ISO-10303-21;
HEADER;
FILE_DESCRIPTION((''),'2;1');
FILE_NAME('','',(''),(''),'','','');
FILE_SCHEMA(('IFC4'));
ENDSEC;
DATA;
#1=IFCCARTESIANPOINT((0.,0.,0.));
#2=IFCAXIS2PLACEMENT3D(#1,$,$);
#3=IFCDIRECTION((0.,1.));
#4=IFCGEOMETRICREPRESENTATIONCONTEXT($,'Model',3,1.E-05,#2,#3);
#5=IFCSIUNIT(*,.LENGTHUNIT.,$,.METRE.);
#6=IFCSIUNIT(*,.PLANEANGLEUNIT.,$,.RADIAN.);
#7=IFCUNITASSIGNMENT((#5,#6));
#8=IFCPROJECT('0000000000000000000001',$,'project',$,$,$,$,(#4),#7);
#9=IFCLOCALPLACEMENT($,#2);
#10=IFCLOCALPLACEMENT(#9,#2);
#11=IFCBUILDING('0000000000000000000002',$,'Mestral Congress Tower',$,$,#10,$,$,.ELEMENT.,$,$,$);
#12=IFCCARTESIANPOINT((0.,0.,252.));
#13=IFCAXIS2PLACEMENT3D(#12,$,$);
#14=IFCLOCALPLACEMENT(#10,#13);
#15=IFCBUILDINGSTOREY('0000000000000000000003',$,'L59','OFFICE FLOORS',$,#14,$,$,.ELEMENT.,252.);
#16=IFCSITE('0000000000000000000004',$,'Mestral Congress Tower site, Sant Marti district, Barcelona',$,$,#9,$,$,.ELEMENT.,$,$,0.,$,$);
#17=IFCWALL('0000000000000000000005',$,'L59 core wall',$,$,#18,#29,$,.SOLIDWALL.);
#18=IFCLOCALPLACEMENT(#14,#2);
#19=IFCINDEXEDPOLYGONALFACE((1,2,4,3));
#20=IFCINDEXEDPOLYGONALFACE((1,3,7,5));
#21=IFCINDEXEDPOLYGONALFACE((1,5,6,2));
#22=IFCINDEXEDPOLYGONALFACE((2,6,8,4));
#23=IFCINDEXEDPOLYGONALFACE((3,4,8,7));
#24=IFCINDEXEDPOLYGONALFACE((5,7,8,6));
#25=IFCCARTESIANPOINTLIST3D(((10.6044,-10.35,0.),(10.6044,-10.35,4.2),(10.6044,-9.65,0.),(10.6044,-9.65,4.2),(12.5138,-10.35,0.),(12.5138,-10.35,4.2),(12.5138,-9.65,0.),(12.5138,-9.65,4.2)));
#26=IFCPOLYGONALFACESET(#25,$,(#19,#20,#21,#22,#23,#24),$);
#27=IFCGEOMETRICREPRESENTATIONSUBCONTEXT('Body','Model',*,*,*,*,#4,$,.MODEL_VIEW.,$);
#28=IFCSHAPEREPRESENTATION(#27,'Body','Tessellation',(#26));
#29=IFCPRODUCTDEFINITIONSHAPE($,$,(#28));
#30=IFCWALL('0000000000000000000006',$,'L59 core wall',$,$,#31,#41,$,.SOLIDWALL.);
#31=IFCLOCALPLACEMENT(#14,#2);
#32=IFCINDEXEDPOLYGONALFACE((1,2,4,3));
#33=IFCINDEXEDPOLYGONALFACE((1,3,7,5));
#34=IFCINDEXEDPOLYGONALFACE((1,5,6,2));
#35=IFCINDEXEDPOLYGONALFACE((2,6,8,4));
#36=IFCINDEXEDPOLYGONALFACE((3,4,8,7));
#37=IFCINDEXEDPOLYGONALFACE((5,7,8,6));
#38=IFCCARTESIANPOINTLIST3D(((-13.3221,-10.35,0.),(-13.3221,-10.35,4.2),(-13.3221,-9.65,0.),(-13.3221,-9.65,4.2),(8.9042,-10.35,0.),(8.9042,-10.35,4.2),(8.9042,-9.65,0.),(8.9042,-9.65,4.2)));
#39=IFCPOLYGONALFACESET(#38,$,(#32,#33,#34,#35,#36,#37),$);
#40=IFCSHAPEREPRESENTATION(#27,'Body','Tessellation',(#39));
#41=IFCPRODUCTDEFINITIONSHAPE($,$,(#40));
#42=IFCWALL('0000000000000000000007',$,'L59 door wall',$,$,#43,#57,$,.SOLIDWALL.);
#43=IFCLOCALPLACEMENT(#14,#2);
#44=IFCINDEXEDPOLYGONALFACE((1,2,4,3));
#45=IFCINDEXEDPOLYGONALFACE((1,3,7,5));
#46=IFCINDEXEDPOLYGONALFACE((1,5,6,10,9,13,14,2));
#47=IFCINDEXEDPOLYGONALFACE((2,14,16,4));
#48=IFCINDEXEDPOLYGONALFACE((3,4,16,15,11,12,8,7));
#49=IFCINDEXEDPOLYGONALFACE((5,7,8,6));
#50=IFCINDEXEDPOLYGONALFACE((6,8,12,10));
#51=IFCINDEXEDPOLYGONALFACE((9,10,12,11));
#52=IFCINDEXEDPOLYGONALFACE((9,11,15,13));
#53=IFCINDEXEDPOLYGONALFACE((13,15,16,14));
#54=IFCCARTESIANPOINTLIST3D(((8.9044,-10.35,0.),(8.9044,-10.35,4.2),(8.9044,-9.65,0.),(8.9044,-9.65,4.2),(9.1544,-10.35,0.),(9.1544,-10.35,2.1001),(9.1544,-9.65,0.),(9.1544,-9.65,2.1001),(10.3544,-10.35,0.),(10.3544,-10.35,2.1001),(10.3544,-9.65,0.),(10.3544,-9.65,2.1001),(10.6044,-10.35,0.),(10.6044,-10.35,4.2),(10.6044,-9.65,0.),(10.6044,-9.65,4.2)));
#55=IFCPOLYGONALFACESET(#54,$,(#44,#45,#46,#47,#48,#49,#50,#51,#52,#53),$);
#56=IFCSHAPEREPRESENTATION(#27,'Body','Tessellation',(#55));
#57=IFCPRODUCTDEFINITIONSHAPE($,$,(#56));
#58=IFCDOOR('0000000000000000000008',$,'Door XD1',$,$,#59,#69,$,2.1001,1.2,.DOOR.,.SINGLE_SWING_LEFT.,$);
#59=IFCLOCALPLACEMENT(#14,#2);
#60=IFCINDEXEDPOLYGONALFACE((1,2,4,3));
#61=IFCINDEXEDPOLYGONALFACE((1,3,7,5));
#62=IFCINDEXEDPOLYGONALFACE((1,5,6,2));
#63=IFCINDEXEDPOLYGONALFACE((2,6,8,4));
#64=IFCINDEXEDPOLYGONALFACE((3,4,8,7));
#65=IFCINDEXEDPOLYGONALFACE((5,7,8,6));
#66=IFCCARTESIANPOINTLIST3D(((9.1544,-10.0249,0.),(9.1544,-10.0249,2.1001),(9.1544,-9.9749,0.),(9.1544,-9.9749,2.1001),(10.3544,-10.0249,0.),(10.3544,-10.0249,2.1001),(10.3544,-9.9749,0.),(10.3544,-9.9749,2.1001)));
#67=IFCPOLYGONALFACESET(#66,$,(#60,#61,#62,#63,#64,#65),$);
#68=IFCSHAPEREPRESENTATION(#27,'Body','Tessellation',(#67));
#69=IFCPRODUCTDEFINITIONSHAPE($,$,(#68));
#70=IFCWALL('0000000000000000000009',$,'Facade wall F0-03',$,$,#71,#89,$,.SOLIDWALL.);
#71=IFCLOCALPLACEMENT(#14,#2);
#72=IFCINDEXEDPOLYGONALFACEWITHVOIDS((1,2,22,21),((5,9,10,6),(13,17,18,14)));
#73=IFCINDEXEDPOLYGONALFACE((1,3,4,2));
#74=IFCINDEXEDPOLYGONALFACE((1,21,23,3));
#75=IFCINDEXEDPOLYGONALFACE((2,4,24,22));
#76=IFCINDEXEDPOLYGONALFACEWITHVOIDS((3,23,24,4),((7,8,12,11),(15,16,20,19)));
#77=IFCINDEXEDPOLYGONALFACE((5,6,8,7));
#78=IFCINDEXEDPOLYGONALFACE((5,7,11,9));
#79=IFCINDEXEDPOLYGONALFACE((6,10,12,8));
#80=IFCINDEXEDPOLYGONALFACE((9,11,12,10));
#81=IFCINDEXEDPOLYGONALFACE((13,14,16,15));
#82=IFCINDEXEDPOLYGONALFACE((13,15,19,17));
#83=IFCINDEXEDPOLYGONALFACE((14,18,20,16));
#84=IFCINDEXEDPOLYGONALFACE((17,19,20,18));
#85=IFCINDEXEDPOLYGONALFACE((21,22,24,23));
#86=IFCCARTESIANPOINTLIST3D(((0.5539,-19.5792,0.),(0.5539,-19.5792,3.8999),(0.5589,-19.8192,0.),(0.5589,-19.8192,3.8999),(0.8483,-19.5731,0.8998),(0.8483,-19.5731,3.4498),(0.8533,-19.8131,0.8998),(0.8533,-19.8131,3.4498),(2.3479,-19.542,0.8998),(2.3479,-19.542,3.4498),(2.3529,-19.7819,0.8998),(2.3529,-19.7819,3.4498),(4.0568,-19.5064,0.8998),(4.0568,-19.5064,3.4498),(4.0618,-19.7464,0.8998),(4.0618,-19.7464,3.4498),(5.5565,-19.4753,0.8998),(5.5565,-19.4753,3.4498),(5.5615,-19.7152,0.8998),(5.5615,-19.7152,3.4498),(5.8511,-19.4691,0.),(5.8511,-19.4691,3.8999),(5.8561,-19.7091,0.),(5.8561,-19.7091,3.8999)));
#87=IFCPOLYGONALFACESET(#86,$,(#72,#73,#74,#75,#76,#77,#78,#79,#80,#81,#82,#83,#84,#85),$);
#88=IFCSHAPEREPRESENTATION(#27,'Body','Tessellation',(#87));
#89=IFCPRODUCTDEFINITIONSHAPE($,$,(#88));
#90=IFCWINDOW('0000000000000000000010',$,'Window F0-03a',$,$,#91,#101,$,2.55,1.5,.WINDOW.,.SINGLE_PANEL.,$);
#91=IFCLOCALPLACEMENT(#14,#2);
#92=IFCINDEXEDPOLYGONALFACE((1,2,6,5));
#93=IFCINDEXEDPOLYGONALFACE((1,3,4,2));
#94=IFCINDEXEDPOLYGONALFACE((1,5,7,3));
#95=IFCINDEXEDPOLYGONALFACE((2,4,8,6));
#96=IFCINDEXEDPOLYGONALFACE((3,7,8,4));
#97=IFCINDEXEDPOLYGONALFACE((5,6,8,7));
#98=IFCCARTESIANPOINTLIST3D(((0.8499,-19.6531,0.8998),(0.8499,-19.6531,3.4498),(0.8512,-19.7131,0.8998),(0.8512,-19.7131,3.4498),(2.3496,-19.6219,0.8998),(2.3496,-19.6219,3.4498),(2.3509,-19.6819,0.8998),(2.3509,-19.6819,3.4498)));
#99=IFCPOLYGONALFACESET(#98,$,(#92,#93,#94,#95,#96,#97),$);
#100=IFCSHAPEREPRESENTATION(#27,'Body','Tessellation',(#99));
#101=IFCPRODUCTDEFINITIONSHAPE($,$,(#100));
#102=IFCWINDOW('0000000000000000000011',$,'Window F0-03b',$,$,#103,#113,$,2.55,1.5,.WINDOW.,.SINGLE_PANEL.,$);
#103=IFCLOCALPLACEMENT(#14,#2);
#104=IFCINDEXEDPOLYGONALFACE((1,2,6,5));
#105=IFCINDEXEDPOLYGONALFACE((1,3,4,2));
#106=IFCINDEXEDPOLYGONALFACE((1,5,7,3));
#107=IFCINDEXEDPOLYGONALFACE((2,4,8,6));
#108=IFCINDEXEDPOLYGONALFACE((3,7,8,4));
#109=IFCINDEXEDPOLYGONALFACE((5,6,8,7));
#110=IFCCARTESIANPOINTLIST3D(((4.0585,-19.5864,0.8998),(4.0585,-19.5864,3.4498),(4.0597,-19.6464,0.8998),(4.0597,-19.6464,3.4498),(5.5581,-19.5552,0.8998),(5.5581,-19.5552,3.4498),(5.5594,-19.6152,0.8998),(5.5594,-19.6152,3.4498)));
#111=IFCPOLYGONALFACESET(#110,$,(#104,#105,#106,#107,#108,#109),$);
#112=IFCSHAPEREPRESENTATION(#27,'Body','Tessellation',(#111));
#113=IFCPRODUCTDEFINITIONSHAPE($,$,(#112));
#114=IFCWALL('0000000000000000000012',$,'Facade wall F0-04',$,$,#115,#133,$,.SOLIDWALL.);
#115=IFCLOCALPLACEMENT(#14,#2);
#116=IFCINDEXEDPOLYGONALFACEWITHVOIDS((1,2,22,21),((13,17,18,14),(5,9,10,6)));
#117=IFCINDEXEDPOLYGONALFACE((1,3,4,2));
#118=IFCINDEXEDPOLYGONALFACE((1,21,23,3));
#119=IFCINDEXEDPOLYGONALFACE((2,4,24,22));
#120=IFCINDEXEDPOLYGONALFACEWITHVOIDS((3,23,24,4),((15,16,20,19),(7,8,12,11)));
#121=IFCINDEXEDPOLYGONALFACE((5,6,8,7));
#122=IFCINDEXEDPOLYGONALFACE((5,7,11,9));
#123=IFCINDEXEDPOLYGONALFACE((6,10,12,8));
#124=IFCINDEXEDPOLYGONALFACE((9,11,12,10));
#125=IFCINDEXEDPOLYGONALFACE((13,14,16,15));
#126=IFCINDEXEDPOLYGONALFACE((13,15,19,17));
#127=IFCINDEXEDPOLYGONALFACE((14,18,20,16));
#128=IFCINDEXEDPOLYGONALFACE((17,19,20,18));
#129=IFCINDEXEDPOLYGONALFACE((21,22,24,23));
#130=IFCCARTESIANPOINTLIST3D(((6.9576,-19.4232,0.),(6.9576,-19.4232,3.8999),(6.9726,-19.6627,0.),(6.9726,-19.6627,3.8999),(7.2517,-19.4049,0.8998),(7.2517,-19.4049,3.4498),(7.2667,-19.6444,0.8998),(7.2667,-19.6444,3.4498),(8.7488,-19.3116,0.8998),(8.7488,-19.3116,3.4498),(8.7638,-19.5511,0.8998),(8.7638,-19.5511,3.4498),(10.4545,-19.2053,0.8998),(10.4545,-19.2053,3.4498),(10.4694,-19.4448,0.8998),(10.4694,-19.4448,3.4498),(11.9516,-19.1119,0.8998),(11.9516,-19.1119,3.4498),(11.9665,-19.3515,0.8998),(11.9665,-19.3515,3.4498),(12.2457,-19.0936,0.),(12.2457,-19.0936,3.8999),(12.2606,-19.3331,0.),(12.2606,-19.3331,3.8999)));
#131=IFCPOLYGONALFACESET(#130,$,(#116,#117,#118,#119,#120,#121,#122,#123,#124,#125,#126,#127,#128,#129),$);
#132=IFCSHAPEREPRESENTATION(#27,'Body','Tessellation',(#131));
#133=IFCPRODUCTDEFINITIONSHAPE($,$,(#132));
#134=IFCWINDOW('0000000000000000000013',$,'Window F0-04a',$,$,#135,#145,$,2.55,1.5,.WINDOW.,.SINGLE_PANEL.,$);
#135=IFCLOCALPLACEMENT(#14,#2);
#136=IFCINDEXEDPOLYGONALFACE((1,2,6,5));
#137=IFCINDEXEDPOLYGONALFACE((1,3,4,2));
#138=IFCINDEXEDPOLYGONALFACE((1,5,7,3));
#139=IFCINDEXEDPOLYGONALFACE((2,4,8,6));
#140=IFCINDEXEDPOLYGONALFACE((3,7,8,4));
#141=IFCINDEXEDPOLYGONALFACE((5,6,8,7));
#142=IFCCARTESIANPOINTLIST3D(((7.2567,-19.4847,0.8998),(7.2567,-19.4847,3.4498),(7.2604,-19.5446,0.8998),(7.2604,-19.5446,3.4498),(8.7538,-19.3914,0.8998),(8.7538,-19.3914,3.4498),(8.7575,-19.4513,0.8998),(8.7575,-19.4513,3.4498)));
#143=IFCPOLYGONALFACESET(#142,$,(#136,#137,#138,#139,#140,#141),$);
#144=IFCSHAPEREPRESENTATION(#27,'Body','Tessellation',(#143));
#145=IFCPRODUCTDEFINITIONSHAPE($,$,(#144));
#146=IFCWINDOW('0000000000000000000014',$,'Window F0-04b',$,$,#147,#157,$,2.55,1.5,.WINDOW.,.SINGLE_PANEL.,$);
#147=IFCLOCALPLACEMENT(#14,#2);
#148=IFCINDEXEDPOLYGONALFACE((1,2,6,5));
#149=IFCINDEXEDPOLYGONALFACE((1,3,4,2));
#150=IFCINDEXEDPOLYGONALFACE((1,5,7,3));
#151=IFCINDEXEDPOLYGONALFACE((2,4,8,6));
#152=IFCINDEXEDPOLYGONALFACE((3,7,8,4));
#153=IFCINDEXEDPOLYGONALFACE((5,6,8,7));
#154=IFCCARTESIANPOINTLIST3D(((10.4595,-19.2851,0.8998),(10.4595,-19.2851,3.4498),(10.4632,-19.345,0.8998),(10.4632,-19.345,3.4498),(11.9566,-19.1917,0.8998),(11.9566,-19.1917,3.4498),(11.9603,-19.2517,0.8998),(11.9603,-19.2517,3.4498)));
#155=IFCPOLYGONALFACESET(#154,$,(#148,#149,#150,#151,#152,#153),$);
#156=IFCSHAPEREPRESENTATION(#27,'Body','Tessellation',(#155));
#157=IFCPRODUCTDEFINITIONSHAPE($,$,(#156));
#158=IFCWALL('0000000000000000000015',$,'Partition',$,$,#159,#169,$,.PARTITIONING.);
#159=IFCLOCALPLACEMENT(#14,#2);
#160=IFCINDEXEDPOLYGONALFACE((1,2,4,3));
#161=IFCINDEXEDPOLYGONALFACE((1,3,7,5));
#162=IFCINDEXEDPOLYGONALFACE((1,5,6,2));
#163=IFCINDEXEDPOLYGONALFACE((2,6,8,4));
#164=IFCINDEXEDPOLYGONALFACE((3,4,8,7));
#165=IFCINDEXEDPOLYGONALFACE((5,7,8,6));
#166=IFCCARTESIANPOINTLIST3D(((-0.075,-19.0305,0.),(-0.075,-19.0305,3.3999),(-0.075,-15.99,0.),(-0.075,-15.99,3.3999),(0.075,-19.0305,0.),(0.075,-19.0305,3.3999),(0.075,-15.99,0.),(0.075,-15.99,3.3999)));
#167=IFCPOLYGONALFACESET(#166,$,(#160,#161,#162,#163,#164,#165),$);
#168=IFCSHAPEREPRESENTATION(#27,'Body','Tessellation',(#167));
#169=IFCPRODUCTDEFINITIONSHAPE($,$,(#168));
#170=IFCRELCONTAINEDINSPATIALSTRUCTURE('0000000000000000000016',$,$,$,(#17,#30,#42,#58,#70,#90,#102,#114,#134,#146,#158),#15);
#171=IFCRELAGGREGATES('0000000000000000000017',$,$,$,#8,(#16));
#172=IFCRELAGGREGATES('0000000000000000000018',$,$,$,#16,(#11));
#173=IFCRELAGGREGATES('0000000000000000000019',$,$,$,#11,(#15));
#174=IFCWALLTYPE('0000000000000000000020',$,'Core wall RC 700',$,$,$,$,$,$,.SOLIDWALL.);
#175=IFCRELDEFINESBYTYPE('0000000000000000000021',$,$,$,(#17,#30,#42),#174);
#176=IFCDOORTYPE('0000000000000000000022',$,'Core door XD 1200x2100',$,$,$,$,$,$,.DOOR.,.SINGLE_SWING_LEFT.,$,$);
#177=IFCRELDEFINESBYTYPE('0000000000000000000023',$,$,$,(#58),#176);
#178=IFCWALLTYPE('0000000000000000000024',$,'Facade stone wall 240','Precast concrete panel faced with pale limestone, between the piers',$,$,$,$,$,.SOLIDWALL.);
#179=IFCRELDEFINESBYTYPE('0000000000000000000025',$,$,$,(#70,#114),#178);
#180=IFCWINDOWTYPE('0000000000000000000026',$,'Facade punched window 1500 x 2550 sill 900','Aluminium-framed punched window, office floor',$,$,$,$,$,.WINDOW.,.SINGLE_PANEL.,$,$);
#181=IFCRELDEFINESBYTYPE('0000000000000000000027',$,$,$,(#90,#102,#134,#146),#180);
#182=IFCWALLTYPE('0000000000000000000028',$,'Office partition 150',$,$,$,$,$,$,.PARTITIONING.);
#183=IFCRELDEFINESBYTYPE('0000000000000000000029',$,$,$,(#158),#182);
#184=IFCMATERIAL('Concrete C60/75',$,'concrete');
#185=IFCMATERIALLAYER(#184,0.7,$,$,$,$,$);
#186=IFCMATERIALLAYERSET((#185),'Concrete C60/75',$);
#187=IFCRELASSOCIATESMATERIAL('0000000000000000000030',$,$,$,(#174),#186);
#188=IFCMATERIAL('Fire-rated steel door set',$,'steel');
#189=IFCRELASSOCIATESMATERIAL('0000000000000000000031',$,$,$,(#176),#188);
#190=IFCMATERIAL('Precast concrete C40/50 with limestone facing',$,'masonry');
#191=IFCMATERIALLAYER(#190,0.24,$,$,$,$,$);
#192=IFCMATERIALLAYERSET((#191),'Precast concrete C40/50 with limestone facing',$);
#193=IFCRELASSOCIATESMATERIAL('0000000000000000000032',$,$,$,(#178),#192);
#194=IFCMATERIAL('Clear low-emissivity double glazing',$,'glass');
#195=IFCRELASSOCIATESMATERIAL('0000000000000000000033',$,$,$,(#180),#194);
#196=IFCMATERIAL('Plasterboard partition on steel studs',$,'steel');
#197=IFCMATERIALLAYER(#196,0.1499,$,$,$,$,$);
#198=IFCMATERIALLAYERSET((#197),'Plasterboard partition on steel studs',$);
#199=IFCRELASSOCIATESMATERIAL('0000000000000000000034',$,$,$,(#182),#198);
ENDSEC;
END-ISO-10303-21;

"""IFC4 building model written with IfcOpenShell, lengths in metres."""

from ifc_helpers import new_model, si_unit, direction, frame, frame_2d, origin, place, context, subcontext, project, spatial, rectangle, extrude, material, layer, layer_set, type_object, element, fill, save


model = new_model("IFC4")

# Units and contexts
model_context = context("Model", 3, precision=1e-05, world=origin(), true_north=direction((0.0, 1.0)))
body_context = subcontext(model_context, "Body", "Model", "MODEL_VIEW")
ifc_project = project(units=[si_unit("LENGTHUNIT", "METRE"), si_unit("PLANEANGLEUNIT", "RADIAN")], contexts=[model_context])

# Site, building, storey
site_placement = place(None, origin())
site = spatial("IfcSite", under=ifc_project, at=site_placement, Name="Mestral Congress Tower site, Sant Marti district, Barcelona", CompositionType="ELEMENT", RefElevation=0.0)
building_placement = place(site_placement, origin())
building = spatial("IfcBuilding", under=site, at=building_placement, Name="Mestral Congress Tower", CompositionType="ELEMENT")
storey_placement = place(building_placement, frame((0.0, 0.0, 252.0)))
storey = spatial("IfcBuildingStorey", under=building, at=storey_placement, Name="L59", Description="OFFICE FLOORS", CompositionType="ELEMENT", Elevation=252.0)

# Shared definitions
ifc_material_1 = material(Name="Concrete C60/75", Category="concrete")

# Walls
ifc_layer_1 = layer(ifc_material_1, 0.7)
ifc_layer_set_1 = layer_set([ifc_layer_1], Name="Concrete C60/75")
wall_type_1 = type_object("IfcWallType", Name="Core wall RC 700", PredefinedType="SOLIDWALL", material=ifc_layer_set_1)
wall_1_placement = place(storey_placement, frame((10.6045, -10.0, 0.0), z_axis=(0.0, 0.0, 1.0), x_axis=(1.0, 0.0, 0.0)))
element("IfcWall", 1, at=wall_1_placement, inside=storey, type_object=wall_type_1, Name="L59 core wall", PredefinedType="SOLIDWALL", context=body_context, shape_type="SweptSolid", body=[
    extrude(rectangle(XDim=1.9094, YDim=0.7, at=frame_2d((0.9546, 0.0))), origin(), (0.0, 0.0, 1.0), 4.2),
])
wall_2_placement = place(storey_placement, frame((8.9043, -10.0, 0.0), z_axis=(0.0, 0.0, 1.0), x_axis=(-1.0, 0.0, 0.0)))
element("IfcWall", 2, at=wall_2_placement, inside=storey, type_object=wall_type_1, Name="L59 core wall", PredefinedType="SOLIDWALL", context=body_context, shape_type="SweptSolid", body=[
    extrude(rectangle(XDim=22.2263, YDim=0.7, at=frame_2d((11.1133, 0.0))), origin(), (0.0, 0.0, 1.0), 4.2),
])

# Wall, opening, door
wall_3_placement = place(storey_placement, frame((10.6045, -10.0, 0.0), z_axis=(0.0, 0.0, 1.0), x_axis=(-1.0, 0.0, 0.0)))
wall_3 = element("IfcWall", 3, at=wall_3_placement, inside=storey, type_object=wall_type_1, Name="L59 door wall", PredefinedType="SOLIDWALL", context=body_context, shape_type="SweptSolid", body=[
    extrude(rectangle(XDim=1.7, YDim=0.7, at=frame_2d((0.8501, 0.0))), origin(), (0.0, 0.0, 1.0), 4.2),
])
opening_1_placement = place(wall_3_placement, frame((0.25, 0.0, 0.0)))
opening_1 = element("IfcOpeningElement", 4, at=opening_1_placement, cuts=wall_3, PredefinedType="OPENING", context=body_context, shape_type="SweptSolid", body=[
    extrude(rectangle(XDim=1.2, YDim=2.1001, at=frame_2d((0.6001, 1.05))), frame((0.0, 0.3599, 0.0), z_axis=(0.0, -1.0, 0.0), x_axis=(1.0, 0.0, 0.0)), (0.0, 0.0, 1.0), 0.72),
])
ifc_material_2 = material(Name="Fire-rated steel door set", Category="steel")
door_type_1 = type_object("IfcDoorType", Name="Core door XD 1200x2100", OperationType="SINGLE_SWING_LEFT", PredefinedType="DOOR", material=ifc_material_2)
door_1_placement = place(opening_1_placement, origin())
door_1 = element("IfcDoor", 5, at=door_1_placement, inside=storey, type_object=door_type_1, Name="Door XD1", OperationType="SINGLE_SWING_LEFT", OverallHeight=2.1001, OverallWidth=1.2, PredefinedType="DOOR", context=body_context, shape_type="SweptSolid", body=[
    extrude(rectangle(XDim=1.2, YDim=2.1001, at=frame_2d((0.6001, 1.05))), frame((0.0, 0.0249, 0.0), z_axis=(0.0, -1.0, 0.0), x_axis=(1.0, 0.0, 0.0)), (0.0, 0.0, 1.0), 0.05),
])
fill(opening_1, door_1)

# Walls, openings, windows
ifc_material_3 = material(Name="Precast concrete C40/50 with limestone facing", Category="masonry")
ifc_layer_2 = layer(ifc_material_3, 0.24)
ifc_layer_set_2 = layer_set([ifc_layer_2], Name="Precast concrete C40/50 with limestone facing")
wall_type_2 = type_object("IfcWallType", Name="Facade stone wall 240", Description="Precast concrete panel faced with pale limestone, between the piers", PredefinedType="SOLIDWALL", material=ifc_layer_set_2)
wall_4_placement = place(storey_placement, frame((0.5564, -19.6992, 0.0), z_axis=(0.0, 0.0, 1.0), x_axis=(0.999784, 0.020782, 0.0)))
wall_4 = element("IfcWall", 6, at=wall_4_placement, inside=storey, type_object=wall_type_2, Name="Facade wall F0-03", PredefinedType="SOLIDWALL", context=body_context, shape_type="SweptSolid", body=[
    extrude(rectangle(XDim=5.2983, YDim=0.24, at=frame_2d((2.6492, 0.0))), origin(), (0.0, 0.0, 1.0), 3.8999),
])
opening_2_placement = place(wall_4_placement, frame((0.2944, 0.0, 0.8999)))
opening_2 = element("IfcOpeningElement", 7, at=opening_2_placement, cuts=wall_4, PredefinedType="OPENING", context=body_context, shape_type="SweptSolid", body=[
    extrude(rectangle(XDim=1.5, YDim=2.55, at=frame_2d((0.75, 1.2749))), frame((0.0, 0.1299, 0.0), z_axis=(0.0, -1.0, 0.0), x_axis=(1.0, 0.0, 0.0)), (0.0, 0.0, 1.0), 0.26),
])
opening_3_placement = place(wall_4_placement, frame((3.5037, 0.0, 0.8999)))
opening_3 = element("IfcOpeningElement", 8, at=opening_3_placement, cuts=wall_4, PredefinedType="OPENING", context=body_context, shape_type="SweptSolid", body=[
    extrude(rectangle(XDim=1.5, YDim=2.55, at=frame_2d((0.75, 1.2749))), frame((0.0, 0.1299, 0.0), z_axis=(0.0, -1.0, 0.0), x_axis=(1.0, 0.0, 0.0)), (0.0, 0.0, 1.0), 0.26),
])
ifc_material_4 = material(Name="Clear low-emissivity double glazing", Category="glass")
window_type = type_object("IfcWindowType", Name="Facade punched window 1500 x 2550 sill 900", Description="Aluminium-framed punched window, office floor", PartitioningType="SINGLE_PANEL", PredefinedType="WINDOW", material=ifc_material_4)
window_1_placement = place(opening_2_placement, origin())
window_1 = element("IfcWindow", 9, at=window_1_placement, inside=storey, type_object=window_type, Name="Window F0-03a", OverallHeight=2.55, OverallWidth=1.5, PartitioningType="SINGLE_PANEL", PredefinedType="WINDOW", context=body_context, shape_type="SweptSolid", body=[
    extrude(rectangle(XDim=1.5, YDim=2.55, at=frame_2d((0.75, 1.2749))), frame((0.0, 0.04, 0.0), z_axis=(0.0, -1.0, 0.0), x_axis=(1.0, 0.0, 0.0)), (0.0, 0.0, 1.0), 0.0601),
])
fill(opening_2, window_1)
window_2_placement = place(opening_3_placement, origin())
window_2 = element("IfcWindow", 10, at=window_2_placement, inside=storey, type_object=window_type, Name="Window F0-03b", OverallHeight=2.55, OverallWidth=1.5, PartitioningType="SINGLE_PANEL", PredefinedType="WINDOW", context=body_context, shape_type="SweptSolid", body=[
    extrude(rectangle(XDim=1.5, YDim=2.55, at=frame_2d((0.75, 1.2749))), frame((0.0, 0.04, 0.0), z_axis=(0.0, -1.0, 0.0), x_axis=(1.0, 0.0, 0.0)), (0.0, 0.0, 1.0), 0.0601),
])
fill(opening_3, window_2)
wall_5_placement = place(storey_placement, frame((6.9651, -19.543, 0.0), z_axis=(0.0, 0.0, 1.0), x_axis=(0.998063, 0.062206, 0.0)))
wall_5 = element("IfcWall", 11, at=wall_5_placement, inside=storey, type_object=wall_type_2, Name="Facade wall F0-04", PredefinedType="SOLIDWALL", context=body_context, shape_type="SweptSolid", body=[
    extrude(rectangle(XDim=5.2983, YDim=0.24, at=frame_2d((2.6492, 0.0))), origin(), (0.0, 0.0, 1.0), 3.8999),
])
opening_4_placement = place(wall_5_placement, frame((0.2947, 0.0, 0.8999)))
opening_4 = element("IfcOpeningElement", 12, at=opening_4_placement, cuts=wall_5, PredefinedType="OPENING", context=body_context, shape_type="SweptSolid", body=[
    extrude(rectangle(XDim=1.5, YDim=2.55, at=frame_2d((0.75, 1.2749))), frame((0.0, 0.1299, 0.0), z_axis=(0.0, -1.0, 0.0), x_axis=(1.0, 0.0, 0.0)), (0.0, 0.0, 1.0), 0.26),
])
opening_5_placement = place(wall_5_placement, frame((3.5037, 0.0, 0.8999)))
opening_5 = element("IfcOpeningElement", 13, at=opening_5_placement, cuts=wall_5, PredefinedType="OPENING", context=body_context, shape_type="SweptSolid", body=[
    extrude(rectangle(XDim=1.5, YDim=2.55, at=frame_2d((0.75, 1.2749))), frame((0.0, 0.1299, 0.0), z_axis=(0.0, -1.0, 0.0), x_axis=(1.0, 0.0, 0.0)), (0.0, 0.0, 1.0), 0.26),
])
window_3_placement = place(opening_4_placement, origin())
window_3 = element("IfcWindow", 14, at=window_3_placement, inside=storey, type_object=window_type, Name="Window F0-04a", OverallHeight=2.55, OverallWidth=1.5, PartitioningType="SINGLE_PANEL", PredefinedType="WINDOW", context=body_context, shape_type="SweptSolid", body=[
    extrude(rectangle(XDim=1.5, YDim=2.55, at=frame_2d((0.75, 1.2749))), frame((0.0, 0.04, 0.0), z_axis=(0.0, -1.0, 0.0), x_axis=(1.0, 0.0, 0.0)), (0.0, 0.0, 1.0), 0.0601),
])
fill(opening_4, window_3)
window_4_placement = place(opening_5_placement, origin())
window_4 = element("IfcWindow", 15, at=window_4_placement, inside=storey, type_object=window_type, Name="Window F0-04b", OverallHeight=2.55, OverallWidth=1.5, PartitioningType="SINGLE_PANEL", PredefinedType="WINDOW", context=body_context, shape_type="SweptSolid", body=[
    extrude(rectangle(XDim=1.5, YDim=2.55, at=frame_2d((0.75, 1.2749))), frame((0.0, 0.04, 0.0), z_axis=(0.0, -1.0, 0.0), x_axis=(1.0, 0.0, 0.0)), (0.0, 0.0, 1.0), 0.0601),
])
fill(opening_5, window_4)

# Wall
ifc_material_5 = material(Name="Plasterboard partition on steel studs", Category="steel")
ifc_layer_3 = layer(ifc_material_5, 0.1499)
ifc_layer_set_3 = layer_set([ifc_layer_3], Name="Plasterboard partition on steel studs")
wall_type_3 = type_object("IfcWallType", Name="Office partition 150", PredefinedType="PARTITIONING", material=ifc_layer_set_3)
wall_6_placement = place(storey_placement, frame((0.0, -15.99, 0.0), z_axis=(0.0, 0.0, 1.0), x_axis=(0.0, -1.0, 0.0)))
element("IfcWall", 16, at=wall_6_placement, inside=storey, type_object=wall_type_3, Name="Partition", PredefinedType="PARTITIONING", context=body_context, shape_type="SweptSolid", body=[
    extrude(rectangle(XDim=3.0405, YDim=0.1499, at=frame_2d((1.5203, 0.0))), origin(), (0.0, 0.0, 1.0), 3.3999),
])

save(model, "model.ifc")
